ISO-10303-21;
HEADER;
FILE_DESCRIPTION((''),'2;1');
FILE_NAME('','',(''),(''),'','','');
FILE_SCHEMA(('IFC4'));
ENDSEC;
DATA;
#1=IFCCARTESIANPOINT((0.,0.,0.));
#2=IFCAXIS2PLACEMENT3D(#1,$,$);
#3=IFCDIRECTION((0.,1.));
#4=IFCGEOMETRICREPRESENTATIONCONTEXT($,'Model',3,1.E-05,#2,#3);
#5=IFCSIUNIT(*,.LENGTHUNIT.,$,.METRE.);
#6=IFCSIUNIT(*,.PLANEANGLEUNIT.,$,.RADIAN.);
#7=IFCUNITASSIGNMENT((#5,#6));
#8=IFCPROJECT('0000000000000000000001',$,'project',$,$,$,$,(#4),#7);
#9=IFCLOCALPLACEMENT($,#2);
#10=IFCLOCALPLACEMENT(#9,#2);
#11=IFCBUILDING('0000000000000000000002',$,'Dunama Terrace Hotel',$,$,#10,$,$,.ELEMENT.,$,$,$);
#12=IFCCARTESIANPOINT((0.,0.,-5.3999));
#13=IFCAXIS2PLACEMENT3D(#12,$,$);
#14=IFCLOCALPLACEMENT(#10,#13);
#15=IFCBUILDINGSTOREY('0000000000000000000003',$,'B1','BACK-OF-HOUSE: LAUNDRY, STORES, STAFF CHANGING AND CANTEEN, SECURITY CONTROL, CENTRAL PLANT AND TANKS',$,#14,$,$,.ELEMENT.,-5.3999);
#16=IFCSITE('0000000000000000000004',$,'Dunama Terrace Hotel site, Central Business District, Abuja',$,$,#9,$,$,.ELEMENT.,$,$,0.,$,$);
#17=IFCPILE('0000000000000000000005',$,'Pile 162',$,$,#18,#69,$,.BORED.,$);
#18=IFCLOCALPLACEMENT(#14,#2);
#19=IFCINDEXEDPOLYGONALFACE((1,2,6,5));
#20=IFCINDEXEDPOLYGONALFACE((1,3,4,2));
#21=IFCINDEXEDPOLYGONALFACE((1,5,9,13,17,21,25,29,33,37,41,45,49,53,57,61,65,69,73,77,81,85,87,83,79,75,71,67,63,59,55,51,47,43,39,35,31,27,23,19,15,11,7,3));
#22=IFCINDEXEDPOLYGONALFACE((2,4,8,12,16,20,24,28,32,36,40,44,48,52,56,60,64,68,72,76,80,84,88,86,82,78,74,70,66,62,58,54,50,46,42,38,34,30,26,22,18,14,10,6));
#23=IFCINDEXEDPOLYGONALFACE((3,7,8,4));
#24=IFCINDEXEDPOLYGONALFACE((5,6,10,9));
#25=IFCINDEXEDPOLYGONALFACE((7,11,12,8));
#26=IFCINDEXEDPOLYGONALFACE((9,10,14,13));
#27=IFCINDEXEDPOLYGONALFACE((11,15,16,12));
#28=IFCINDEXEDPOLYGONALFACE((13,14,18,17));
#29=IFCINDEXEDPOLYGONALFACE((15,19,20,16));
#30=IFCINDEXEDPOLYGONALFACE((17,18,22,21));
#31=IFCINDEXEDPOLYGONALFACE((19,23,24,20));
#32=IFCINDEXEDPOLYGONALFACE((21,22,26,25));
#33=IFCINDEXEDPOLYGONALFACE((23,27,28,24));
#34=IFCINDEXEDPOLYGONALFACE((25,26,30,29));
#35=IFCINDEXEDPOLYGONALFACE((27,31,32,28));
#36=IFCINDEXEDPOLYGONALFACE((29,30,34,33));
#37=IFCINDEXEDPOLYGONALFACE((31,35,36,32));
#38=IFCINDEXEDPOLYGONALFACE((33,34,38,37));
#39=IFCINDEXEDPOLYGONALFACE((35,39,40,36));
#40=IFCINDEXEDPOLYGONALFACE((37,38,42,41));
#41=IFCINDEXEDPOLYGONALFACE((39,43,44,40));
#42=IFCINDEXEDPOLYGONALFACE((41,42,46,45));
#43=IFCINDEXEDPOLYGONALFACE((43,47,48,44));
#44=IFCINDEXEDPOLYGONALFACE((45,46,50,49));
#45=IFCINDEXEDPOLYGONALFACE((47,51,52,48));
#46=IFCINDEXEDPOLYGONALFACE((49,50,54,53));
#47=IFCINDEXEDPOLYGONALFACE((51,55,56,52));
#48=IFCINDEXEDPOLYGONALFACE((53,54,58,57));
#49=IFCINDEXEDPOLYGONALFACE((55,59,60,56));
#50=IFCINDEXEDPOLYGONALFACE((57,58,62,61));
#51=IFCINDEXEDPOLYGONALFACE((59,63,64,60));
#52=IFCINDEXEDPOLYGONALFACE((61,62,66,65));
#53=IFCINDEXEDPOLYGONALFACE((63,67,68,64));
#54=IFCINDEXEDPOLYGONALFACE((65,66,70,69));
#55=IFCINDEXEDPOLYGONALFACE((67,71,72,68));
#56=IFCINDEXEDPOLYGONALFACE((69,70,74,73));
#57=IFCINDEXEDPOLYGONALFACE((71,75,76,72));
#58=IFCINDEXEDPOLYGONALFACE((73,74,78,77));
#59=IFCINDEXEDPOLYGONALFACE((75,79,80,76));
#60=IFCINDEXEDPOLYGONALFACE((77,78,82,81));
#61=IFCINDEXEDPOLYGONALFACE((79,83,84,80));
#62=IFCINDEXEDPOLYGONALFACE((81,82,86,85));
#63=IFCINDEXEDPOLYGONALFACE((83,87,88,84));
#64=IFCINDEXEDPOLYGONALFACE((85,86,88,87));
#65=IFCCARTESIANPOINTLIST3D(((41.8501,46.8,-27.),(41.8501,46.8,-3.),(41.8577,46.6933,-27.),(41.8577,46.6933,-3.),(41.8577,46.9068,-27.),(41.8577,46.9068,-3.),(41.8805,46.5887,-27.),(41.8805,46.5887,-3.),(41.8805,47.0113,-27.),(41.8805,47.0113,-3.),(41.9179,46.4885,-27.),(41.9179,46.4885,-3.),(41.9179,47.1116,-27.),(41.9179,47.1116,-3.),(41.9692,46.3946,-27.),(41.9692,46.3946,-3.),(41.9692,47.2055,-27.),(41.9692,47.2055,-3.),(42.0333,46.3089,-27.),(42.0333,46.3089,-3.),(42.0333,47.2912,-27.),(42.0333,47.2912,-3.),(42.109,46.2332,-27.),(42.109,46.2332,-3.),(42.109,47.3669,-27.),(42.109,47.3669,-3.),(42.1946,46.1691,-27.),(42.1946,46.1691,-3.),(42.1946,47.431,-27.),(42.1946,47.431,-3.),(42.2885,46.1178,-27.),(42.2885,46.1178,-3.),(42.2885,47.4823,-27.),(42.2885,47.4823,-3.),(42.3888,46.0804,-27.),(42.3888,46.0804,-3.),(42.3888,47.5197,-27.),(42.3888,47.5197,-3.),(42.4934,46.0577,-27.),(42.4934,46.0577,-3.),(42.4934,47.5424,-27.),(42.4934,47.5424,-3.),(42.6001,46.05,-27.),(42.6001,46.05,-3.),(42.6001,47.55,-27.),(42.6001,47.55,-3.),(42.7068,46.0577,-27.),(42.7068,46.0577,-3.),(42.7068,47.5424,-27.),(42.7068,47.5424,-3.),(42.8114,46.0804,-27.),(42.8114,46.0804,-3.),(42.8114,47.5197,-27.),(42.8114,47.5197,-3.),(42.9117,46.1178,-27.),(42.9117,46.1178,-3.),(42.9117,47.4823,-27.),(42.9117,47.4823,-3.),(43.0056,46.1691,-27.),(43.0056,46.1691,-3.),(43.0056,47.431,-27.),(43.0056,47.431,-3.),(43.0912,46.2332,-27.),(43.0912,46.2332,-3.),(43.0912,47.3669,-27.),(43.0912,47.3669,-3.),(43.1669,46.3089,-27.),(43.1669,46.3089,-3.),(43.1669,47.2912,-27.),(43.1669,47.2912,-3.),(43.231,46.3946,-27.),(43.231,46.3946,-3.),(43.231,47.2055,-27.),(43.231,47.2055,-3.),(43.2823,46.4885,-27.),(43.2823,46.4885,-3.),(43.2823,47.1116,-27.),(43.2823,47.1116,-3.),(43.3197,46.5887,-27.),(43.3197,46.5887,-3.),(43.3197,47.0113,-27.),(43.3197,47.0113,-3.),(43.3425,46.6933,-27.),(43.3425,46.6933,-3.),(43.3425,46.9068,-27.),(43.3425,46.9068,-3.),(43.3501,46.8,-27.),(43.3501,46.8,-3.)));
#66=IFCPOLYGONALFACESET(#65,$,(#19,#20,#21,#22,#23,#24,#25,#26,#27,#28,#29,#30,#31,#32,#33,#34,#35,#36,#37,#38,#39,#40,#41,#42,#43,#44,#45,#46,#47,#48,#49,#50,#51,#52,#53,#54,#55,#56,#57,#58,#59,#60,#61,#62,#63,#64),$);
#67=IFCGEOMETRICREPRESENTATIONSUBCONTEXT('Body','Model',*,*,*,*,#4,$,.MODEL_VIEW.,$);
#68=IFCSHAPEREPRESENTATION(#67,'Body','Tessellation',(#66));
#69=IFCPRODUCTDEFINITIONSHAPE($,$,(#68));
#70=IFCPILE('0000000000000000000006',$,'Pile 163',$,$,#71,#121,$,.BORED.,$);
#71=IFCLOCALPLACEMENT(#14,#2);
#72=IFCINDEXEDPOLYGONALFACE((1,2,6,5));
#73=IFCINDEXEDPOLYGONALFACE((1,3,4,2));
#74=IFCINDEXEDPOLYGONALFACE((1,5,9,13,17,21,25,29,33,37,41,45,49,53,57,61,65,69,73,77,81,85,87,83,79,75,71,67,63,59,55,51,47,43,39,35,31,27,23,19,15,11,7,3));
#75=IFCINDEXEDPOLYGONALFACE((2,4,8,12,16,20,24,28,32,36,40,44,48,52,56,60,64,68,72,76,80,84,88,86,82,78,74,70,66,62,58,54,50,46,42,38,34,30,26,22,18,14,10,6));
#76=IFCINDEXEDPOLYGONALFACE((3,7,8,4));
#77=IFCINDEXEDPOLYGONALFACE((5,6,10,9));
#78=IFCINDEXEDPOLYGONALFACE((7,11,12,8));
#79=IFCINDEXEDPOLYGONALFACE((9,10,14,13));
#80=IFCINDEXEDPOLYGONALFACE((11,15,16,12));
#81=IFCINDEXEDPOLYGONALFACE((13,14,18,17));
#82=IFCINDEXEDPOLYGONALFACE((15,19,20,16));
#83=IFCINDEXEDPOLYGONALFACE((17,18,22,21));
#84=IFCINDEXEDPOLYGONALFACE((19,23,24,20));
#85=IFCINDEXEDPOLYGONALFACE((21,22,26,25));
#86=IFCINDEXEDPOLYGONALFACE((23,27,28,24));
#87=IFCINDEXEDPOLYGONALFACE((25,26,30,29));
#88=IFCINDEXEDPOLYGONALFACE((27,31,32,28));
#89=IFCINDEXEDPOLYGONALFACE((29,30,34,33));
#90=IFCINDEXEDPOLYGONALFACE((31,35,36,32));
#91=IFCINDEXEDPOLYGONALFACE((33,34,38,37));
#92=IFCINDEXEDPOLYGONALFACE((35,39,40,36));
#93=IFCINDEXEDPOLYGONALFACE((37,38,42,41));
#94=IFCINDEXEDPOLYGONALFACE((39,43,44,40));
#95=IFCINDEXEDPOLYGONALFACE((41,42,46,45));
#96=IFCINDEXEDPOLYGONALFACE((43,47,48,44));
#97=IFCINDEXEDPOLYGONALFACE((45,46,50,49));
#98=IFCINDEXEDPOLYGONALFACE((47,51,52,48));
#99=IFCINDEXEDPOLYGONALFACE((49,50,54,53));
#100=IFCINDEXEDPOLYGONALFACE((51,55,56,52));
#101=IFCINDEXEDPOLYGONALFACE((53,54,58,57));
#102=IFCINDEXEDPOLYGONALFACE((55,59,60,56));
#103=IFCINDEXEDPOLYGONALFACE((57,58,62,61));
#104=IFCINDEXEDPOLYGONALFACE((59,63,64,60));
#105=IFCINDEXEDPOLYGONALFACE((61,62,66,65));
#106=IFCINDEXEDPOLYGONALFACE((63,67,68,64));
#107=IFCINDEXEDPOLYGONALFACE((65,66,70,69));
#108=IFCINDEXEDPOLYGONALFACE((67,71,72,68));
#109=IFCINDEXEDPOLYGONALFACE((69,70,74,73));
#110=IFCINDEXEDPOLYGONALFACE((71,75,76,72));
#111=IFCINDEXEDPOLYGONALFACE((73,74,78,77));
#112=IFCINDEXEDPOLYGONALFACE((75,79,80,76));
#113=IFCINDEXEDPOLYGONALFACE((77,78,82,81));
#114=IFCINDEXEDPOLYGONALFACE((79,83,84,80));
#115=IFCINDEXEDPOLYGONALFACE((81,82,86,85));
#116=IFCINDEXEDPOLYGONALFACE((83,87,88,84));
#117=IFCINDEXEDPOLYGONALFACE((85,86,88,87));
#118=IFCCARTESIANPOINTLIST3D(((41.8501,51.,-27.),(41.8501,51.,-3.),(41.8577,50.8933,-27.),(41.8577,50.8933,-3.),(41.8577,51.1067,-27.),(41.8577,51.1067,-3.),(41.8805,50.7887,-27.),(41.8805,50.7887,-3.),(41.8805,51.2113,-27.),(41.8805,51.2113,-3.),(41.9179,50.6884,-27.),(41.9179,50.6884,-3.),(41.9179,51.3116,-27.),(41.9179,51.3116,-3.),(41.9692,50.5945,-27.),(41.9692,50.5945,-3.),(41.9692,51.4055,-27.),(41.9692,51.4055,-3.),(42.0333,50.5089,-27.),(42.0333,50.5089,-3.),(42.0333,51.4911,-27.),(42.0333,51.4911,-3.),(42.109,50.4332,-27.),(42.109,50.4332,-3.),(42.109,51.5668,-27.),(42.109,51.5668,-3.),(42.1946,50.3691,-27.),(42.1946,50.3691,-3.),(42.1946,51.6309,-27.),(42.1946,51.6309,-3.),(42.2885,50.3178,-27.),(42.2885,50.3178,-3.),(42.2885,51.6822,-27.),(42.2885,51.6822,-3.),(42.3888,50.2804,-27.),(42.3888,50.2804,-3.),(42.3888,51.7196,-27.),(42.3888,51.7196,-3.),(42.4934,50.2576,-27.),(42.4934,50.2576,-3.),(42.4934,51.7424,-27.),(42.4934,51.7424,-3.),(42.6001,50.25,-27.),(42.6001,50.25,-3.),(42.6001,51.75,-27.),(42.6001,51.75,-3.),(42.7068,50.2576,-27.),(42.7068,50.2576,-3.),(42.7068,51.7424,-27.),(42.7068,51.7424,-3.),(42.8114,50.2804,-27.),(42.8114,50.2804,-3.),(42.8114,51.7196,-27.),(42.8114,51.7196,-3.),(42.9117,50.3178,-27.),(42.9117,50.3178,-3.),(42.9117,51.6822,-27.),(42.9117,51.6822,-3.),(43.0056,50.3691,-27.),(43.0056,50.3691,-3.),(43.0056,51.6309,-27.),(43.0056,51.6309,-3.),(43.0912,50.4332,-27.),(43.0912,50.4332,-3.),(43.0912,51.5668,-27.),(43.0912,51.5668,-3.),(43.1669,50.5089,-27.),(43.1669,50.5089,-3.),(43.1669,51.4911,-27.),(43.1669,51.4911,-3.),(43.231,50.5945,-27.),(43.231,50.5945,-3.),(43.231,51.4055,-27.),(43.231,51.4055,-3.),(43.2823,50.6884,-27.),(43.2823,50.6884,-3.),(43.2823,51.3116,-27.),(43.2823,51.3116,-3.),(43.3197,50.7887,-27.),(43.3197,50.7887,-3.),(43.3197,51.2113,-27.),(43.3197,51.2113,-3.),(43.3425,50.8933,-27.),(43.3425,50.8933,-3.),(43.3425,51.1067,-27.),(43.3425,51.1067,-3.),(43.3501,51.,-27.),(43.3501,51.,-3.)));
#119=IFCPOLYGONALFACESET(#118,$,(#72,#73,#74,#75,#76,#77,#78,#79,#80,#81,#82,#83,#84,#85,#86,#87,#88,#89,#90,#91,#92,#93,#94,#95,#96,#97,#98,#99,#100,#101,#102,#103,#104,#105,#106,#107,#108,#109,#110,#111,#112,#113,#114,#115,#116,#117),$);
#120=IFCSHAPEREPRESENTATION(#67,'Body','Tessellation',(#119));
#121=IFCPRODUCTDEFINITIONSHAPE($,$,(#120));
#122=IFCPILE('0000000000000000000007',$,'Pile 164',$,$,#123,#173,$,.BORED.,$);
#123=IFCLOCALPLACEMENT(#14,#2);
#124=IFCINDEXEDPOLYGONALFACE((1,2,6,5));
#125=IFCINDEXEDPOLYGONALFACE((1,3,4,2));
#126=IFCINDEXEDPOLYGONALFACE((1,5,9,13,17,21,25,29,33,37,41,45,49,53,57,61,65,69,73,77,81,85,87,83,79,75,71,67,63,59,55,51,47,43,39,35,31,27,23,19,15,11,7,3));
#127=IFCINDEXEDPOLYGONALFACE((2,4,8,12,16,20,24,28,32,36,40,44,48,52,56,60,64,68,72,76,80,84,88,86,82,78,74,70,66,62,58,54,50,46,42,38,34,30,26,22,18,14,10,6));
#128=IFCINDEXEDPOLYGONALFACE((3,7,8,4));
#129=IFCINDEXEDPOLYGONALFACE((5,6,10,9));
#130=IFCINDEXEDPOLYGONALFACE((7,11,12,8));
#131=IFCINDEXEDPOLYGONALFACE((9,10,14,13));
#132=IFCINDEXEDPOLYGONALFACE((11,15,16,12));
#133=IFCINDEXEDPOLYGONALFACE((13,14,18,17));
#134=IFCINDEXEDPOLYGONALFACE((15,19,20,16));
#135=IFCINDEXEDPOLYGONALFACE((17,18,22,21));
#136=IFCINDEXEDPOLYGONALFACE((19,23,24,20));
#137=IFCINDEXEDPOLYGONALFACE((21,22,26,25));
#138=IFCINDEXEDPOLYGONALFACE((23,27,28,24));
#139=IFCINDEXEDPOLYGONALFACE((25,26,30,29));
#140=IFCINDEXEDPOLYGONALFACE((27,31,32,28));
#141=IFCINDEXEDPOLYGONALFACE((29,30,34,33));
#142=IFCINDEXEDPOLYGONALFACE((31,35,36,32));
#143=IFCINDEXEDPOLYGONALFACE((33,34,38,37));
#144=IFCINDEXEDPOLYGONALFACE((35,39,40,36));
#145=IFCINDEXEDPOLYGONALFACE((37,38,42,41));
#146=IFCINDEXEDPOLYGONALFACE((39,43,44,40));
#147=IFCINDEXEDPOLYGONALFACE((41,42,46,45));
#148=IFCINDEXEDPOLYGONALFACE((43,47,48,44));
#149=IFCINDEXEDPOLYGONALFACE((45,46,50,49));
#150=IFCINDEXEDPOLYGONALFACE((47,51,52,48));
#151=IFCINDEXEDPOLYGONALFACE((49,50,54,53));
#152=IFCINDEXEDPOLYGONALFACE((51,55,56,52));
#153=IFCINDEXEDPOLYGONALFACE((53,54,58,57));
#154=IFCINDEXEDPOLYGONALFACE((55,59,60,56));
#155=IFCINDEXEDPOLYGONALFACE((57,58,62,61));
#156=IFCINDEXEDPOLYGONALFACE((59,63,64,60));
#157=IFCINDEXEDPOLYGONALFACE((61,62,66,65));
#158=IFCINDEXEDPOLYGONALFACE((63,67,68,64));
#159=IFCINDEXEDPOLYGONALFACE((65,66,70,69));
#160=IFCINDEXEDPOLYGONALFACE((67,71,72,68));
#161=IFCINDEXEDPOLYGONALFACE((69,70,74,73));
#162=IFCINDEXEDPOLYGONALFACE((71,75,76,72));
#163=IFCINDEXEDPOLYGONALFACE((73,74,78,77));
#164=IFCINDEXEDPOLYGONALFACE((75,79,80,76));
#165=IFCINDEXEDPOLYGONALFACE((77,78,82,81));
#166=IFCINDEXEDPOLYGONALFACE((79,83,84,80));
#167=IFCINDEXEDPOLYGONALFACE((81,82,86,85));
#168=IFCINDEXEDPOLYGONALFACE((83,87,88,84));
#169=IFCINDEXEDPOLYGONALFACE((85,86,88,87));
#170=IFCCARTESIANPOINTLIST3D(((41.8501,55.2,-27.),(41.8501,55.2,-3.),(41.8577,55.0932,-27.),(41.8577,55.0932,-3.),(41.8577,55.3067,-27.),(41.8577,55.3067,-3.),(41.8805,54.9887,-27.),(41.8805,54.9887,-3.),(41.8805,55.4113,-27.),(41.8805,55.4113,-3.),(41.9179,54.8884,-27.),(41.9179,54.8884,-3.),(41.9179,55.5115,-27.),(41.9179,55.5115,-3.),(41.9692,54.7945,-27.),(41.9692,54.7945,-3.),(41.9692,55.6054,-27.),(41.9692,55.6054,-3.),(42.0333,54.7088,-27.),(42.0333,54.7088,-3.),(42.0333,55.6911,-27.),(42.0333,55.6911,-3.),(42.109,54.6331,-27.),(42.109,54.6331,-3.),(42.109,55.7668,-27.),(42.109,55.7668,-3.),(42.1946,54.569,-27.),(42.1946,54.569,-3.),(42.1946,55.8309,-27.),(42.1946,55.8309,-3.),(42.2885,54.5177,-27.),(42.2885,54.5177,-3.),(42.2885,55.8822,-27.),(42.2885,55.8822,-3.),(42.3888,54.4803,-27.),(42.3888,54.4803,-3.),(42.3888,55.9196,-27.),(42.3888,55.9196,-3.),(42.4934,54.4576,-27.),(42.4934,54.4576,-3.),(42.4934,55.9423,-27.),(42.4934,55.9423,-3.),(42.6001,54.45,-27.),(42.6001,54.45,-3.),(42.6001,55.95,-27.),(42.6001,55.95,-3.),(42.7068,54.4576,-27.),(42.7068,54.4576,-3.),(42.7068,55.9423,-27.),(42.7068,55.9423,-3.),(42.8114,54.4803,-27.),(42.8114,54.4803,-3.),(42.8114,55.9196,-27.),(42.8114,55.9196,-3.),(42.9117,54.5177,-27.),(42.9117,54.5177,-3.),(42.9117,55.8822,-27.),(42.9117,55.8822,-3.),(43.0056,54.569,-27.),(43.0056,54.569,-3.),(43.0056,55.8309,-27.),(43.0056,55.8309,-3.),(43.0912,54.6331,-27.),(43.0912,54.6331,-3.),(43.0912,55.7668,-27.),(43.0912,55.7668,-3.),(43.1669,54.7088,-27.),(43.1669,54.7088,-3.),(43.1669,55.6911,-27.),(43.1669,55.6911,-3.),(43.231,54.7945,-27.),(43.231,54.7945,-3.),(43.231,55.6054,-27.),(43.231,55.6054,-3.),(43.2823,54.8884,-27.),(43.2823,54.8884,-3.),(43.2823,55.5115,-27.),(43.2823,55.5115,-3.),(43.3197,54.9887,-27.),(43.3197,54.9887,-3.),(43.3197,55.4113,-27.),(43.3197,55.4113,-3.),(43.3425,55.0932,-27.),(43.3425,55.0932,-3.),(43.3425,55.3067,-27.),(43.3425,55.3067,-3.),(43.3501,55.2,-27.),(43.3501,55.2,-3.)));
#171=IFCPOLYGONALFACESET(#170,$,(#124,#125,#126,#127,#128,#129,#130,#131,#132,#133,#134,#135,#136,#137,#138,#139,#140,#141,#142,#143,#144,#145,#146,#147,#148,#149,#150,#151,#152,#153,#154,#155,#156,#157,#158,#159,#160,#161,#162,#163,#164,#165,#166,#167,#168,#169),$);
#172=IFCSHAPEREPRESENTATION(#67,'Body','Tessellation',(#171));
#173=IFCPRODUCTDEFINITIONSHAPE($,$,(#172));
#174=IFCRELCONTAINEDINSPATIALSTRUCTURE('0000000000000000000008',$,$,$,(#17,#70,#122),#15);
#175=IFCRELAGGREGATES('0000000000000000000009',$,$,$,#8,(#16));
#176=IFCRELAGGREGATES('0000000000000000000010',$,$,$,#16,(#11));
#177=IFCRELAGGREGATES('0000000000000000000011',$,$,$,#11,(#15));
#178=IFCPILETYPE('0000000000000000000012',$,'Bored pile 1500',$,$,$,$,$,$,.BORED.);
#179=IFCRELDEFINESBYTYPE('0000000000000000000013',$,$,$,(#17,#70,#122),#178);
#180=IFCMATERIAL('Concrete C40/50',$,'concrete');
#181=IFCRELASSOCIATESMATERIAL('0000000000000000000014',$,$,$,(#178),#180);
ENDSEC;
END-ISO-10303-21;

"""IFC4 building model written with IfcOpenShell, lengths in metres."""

from ifc_helpers import new_model, si_unit, direction, frame, origin, origin_2d, place, context, subcontext, project, spatial, circle, extrude, material, material_profile, profile_set, type_object, element, save


model = new_model("IFC4")

# Units and contexts
model_context = context("Model", 3, precision=1e-05, world=origin(), true_north=direction((0.0, 1.0)))
body_context = subcontext(model_context, "Body", "Model", "MODEL_VIEW")
ifc_project = project(units=[si_unit("LENGTHUNIT", "METRE"), si_unit("PLANEANGLEUNIT", "RADIAN")], contexts=[model_context])

# Site, building, storey
site_placement = place(None, origin())
site = spatial("IfcSite", under=ifc_project, at=site_placement, Name="Dunama Terrace Hotel site, Central Business District, Abuja", CompositionType="ELEMENT", RefElevation=0.0)
building_placement = place(site_placement, origin())
building = spatial("IfcBuilding", under=site, at=building_placement, Name="Dunama Terrace Hotel", CompositionType="ELEMENT")
storey_placement = place(building_placement, frame((0.0, 0.0, -5.3999)))
storey = spatial("IfcBuildingStorey", under=building, at=storey_placement, Name="B1", Description="BACK-OF-HOUSE: LAUNDRY, STORES, STAFF CHANGING AND CANTEEN, SECURITY CONTROL, CENTRAL PLANT AND TANKS", CompositionType="ELEMENT", Elevation=-5.3999)

# Piles
ifc_material_1 = material(Name="Concrete C40/50", Category="concrete")
ifc_material_profile_1 = material_profile(ifc_material_1, circle(Radius=0.75, at=origin_2d()), Name="PILE D1500")
ifc_profile_set_1 = profile_set([ifc_material_profile_1], Name="Concrete C40/50")
pile_type = type_object("IfcPileType", Name="Bored pile 1500", PredefinedType="BORED", material=ifc_profile_set_1)
for number, where, z_axis, x_axis, name in (
    (1, (42.6001, 46.8, -3.0), (0.0, 0.0, -1.0), (1.0, 0.0, 0.0), "Pile 162"),
    (2, (42.6001, 51.0, -3.0), (0.0, 0.0, -1.0), (1.0, 0.0, 0.0), "Pile 163"),
    (3, (42.6001, 55.2, -3.0), (0.0, 0.0, -1.0), (1.0, 0.0, 0.0), "Pile 164"),
):
    element("IfcPile", number, at=place(storey_placement, frame(where, z_axis=z_axis, x_axis=x_axis)), inside=storey, type_object=pile_type, Name=name, PredefinedType="BORED", context=body_context, shape_type="SweptSolid", body=[
        extrude(circle(Radius=0.75, at=origin_2d()), origin(), (0.0, 0.0, 1.0), 24.0),
    ])

save(model, "model.ifc")
